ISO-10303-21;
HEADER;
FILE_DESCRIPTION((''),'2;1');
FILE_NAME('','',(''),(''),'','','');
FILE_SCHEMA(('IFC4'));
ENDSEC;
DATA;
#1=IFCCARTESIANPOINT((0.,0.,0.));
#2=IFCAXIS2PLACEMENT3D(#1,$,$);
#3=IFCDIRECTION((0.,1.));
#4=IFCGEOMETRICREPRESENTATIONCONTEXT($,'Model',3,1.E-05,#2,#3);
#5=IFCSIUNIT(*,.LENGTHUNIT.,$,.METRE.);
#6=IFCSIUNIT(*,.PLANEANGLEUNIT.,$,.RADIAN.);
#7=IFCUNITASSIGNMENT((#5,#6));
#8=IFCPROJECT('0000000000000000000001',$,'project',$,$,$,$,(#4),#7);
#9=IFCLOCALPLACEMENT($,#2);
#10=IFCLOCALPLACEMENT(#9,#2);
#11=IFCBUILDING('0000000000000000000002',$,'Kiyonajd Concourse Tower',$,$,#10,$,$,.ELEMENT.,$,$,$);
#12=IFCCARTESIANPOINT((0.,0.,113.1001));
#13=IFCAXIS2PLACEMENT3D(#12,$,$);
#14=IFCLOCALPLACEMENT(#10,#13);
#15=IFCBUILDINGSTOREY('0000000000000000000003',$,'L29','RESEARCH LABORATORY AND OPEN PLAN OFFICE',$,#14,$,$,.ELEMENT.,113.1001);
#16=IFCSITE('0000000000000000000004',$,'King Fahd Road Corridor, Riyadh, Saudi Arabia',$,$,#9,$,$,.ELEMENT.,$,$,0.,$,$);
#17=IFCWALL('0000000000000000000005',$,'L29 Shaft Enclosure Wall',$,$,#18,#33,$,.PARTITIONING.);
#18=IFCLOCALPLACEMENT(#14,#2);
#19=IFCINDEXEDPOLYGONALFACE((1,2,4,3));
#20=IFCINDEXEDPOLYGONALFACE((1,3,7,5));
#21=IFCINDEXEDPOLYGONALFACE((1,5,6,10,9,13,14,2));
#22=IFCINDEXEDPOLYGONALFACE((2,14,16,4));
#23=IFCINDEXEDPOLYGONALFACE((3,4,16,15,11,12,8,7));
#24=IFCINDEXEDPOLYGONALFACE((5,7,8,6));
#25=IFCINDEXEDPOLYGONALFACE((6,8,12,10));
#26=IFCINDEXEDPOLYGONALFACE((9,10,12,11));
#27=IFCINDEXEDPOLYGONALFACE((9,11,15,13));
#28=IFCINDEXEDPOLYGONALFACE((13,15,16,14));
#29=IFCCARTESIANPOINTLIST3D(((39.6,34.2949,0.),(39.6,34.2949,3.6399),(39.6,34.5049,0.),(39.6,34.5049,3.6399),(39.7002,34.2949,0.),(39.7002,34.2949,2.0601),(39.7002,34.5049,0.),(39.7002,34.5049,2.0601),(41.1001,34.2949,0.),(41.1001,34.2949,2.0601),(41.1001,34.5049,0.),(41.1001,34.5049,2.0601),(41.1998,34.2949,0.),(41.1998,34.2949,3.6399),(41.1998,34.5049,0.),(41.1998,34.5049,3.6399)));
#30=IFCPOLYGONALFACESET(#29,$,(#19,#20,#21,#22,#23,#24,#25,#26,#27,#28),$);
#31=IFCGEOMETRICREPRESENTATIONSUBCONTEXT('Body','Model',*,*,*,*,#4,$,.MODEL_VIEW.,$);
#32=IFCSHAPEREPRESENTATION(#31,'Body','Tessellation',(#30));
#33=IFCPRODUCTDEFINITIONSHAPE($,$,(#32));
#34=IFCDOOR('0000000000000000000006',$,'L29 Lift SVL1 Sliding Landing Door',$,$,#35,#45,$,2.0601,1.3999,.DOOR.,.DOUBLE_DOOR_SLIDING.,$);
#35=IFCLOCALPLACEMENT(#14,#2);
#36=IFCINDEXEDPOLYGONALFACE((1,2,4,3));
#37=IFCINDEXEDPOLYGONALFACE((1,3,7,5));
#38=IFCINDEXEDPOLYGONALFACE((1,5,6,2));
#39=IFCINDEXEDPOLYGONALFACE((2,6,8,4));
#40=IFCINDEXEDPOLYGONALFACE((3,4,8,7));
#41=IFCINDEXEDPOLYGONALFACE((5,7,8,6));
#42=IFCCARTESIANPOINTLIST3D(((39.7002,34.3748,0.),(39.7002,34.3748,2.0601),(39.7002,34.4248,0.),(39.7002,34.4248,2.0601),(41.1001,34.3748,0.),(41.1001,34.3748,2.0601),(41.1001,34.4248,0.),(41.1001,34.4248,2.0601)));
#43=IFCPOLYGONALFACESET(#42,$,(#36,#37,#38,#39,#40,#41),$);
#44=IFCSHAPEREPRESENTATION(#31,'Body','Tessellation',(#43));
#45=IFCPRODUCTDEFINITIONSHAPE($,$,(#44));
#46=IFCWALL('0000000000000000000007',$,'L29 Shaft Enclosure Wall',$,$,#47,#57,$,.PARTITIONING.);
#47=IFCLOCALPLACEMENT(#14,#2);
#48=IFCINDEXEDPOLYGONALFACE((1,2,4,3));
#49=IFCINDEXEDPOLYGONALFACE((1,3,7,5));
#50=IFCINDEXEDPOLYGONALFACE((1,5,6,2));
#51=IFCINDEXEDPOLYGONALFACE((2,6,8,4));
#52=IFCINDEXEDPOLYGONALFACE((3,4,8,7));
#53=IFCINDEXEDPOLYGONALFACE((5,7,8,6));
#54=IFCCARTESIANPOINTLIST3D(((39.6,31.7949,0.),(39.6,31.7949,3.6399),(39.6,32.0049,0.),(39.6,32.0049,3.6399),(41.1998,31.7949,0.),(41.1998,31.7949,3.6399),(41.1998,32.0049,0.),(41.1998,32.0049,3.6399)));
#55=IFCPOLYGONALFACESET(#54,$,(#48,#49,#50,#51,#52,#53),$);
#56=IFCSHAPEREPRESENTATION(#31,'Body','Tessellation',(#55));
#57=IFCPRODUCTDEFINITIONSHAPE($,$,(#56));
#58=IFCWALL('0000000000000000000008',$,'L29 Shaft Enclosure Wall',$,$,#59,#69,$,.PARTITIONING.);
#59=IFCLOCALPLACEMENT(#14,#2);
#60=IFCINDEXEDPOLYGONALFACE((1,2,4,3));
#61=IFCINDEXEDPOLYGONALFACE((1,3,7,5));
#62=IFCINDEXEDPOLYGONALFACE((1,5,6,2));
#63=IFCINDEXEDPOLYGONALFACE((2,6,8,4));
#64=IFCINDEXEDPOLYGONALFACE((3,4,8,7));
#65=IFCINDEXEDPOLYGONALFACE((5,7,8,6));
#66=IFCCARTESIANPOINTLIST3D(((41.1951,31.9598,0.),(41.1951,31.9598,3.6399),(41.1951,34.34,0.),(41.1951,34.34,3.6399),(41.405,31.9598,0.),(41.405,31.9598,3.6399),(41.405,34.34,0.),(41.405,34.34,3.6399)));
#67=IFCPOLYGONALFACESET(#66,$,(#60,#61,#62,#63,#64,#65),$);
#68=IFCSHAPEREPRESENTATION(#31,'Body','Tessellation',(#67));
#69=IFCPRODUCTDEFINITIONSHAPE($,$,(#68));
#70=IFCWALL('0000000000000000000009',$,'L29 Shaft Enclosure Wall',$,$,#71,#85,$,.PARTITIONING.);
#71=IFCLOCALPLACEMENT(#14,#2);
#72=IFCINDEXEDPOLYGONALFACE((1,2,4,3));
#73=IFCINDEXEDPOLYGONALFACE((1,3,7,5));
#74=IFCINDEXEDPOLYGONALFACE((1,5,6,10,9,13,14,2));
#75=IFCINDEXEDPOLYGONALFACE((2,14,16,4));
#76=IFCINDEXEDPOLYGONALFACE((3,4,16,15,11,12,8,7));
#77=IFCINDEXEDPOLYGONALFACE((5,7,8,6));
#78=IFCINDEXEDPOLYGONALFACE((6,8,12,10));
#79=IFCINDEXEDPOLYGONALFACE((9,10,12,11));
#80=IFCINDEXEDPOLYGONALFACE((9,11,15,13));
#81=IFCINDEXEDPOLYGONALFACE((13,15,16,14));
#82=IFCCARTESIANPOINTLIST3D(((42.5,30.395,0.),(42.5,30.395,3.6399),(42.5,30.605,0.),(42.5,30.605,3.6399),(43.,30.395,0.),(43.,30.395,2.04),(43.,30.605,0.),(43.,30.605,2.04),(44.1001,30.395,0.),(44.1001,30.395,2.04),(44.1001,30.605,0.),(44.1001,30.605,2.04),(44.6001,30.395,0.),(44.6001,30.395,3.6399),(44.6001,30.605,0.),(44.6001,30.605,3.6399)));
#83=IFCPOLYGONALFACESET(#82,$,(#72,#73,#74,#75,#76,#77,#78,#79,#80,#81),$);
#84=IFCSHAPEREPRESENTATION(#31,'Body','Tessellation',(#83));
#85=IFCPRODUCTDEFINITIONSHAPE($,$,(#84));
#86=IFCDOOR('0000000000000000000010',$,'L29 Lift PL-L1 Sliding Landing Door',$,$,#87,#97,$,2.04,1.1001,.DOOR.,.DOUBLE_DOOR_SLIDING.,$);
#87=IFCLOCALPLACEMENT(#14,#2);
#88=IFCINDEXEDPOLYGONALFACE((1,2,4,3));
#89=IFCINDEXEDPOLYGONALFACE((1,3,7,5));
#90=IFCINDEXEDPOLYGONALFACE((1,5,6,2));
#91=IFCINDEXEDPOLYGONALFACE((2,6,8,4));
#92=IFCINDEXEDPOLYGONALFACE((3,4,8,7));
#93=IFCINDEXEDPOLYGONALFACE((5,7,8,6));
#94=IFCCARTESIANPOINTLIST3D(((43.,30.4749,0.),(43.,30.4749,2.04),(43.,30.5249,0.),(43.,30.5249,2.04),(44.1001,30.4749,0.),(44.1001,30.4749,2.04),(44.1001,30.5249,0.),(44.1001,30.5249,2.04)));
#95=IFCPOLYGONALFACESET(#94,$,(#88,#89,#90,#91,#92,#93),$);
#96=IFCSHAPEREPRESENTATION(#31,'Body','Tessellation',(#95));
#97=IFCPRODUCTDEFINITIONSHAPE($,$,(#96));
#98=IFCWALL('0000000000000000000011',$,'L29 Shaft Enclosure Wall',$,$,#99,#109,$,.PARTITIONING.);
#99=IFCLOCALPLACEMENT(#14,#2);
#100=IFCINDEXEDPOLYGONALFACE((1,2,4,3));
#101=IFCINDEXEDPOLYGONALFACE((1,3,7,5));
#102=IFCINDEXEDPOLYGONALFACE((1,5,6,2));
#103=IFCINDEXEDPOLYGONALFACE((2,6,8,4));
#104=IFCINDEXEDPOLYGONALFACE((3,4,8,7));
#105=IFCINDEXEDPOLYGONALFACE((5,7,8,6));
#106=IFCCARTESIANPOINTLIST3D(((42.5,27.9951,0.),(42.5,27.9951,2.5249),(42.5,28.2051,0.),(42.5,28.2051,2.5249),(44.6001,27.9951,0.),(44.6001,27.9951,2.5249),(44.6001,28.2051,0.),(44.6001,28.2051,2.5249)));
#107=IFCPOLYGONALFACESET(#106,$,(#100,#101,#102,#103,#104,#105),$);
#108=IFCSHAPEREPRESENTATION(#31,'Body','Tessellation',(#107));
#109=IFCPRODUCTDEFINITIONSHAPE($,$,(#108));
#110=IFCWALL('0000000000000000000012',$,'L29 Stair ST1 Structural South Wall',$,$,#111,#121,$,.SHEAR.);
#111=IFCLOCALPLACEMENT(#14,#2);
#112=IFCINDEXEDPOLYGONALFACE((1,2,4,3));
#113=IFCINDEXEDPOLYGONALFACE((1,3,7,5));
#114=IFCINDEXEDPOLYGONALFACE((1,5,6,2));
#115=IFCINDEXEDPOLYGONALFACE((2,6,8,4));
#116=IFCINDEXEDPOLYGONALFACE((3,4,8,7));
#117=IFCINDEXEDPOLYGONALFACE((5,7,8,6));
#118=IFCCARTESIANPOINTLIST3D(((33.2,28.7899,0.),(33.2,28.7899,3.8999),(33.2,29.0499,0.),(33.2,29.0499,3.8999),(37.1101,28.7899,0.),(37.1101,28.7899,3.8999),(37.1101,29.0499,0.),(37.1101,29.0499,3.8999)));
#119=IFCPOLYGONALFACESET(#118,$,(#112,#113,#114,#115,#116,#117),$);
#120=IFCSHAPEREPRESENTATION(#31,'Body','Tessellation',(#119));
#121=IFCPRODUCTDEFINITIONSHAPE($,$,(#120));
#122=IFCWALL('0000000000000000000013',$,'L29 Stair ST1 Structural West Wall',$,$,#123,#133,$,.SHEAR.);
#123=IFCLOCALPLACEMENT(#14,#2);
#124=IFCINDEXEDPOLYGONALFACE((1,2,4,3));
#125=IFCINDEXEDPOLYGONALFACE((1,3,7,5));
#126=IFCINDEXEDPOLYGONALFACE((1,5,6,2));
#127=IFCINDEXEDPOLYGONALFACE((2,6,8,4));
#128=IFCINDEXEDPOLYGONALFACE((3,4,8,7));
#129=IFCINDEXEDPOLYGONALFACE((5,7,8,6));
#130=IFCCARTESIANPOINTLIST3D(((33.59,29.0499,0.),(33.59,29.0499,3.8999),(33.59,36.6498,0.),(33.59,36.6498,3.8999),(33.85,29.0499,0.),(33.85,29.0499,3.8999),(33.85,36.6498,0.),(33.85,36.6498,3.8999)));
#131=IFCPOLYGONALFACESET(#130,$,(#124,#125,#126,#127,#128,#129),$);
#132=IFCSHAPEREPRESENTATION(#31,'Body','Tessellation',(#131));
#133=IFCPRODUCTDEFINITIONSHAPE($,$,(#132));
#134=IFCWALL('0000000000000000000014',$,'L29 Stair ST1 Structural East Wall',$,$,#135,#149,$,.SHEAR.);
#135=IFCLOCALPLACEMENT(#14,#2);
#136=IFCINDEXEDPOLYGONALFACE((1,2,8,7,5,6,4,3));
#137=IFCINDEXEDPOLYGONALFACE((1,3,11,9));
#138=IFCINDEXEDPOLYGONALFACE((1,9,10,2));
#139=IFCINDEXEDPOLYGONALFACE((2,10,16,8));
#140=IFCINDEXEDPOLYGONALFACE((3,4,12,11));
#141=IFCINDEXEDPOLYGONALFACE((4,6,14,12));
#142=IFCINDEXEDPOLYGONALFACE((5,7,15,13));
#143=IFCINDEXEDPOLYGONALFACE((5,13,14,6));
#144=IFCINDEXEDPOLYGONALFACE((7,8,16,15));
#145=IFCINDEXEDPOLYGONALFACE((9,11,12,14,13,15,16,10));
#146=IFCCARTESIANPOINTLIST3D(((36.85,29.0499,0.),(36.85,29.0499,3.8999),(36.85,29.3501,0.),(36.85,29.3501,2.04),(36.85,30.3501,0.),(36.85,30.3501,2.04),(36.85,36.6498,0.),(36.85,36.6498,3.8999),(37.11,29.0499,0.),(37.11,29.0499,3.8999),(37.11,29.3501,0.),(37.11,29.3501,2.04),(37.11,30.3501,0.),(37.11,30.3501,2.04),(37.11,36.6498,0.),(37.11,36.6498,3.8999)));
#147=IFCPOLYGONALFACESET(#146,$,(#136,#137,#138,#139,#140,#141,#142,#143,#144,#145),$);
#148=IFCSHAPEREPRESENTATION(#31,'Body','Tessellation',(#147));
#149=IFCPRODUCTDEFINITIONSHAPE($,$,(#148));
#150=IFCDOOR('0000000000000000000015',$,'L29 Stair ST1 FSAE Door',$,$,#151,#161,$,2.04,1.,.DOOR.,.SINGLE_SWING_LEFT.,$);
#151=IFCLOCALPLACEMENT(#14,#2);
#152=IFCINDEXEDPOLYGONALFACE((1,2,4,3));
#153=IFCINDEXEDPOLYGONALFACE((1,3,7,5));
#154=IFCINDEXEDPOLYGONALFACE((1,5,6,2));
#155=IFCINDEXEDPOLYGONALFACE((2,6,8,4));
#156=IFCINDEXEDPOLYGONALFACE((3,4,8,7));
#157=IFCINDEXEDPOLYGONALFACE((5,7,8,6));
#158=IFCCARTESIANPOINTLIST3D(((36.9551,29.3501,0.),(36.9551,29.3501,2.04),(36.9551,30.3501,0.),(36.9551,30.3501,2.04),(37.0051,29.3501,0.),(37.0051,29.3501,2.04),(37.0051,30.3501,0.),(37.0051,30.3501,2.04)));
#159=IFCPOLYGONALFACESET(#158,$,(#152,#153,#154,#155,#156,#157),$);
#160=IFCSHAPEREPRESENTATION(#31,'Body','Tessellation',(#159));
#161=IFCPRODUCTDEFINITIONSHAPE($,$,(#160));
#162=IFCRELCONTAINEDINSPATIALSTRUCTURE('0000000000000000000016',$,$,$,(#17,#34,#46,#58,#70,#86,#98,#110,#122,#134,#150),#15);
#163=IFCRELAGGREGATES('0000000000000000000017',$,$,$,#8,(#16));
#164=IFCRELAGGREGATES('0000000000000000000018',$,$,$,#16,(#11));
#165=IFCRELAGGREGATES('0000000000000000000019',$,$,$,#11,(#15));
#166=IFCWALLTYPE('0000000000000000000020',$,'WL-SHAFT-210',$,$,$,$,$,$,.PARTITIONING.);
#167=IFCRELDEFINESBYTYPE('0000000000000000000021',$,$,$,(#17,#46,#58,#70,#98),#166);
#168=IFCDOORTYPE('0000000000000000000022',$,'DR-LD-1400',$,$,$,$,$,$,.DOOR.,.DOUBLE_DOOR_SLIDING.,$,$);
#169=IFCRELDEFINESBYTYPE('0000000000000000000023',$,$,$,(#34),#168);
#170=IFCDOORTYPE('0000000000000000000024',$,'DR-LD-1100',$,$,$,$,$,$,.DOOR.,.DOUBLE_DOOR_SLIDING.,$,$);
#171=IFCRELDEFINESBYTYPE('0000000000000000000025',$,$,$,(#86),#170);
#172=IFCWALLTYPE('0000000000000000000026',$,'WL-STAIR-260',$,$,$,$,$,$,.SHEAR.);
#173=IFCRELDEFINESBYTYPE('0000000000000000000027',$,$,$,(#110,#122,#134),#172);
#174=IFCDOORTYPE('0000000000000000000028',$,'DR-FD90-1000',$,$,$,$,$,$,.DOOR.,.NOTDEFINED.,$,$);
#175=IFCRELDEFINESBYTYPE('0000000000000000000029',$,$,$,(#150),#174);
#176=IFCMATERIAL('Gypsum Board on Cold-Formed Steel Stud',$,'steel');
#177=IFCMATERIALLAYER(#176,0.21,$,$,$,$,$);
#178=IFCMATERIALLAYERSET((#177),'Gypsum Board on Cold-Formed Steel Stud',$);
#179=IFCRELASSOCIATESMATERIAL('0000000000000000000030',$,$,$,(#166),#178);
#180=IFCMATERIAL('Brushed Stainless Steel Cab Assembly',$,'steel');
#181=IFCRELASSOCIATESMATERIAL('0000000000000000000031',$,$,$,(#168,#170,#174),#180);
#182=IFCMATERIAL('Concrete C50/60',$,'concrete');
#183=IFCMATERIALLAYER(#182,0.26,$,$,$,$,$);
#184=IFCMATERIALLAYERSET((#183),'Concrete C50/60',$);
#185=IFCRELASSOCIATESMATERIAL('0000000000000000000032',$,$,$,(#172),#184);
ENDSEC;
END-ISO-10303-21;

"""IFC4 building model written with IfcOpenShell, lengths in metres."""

from ifc_helpers import new_model, si_unit, direction, frame, frame_2d, origin, place, context, subcontext, project, spatial, rectangle, extrude, material, layer, layer_set, type_object, element, fill, save


model = new_model("IFC4")

# Units and contexts
model_context = context("Model", 3, precision=1e-05, world=origin(), true_north=direction((0.0, 1.0)))
body_context = subcontext(model_context, "Body", "Model", "MODEL_VIEW")
ifc_project = project(units=[si_unit("LENGTHUNIT", "METRE"), si_unit("PLANEANGLEUNIT", "RADIAN")], contexts=[model_context])

# Site, building, storey
site_placement = place(None, origin())
site = spatial("IfcSite", under=ifc_project, at=site_placement, Name="King Fahd Road Corridor, Riyadh, Saudi Arabia", CompositionType="ELEMENT", RefElevation=0.0)
building_placement = place(site_placement, origin())
building = spatial("IfcBuilding", under=site, at=building_placement, Name="Kiyonajd Concourse Tower", CompositionType="ELEMENT")
storey_placement = place(building_placement, frame((0.0, 0.0, 113.1001)))
storey = spatial("IfcBuildingStorey", under=building, at=storey_placement, Name="L29", Description="RESEARCH LABORATORY AND OPEN PLAN OFFICE", CompositionType="ELEMENT", Elevation=113.1001)

# Shared definitions
ifc_material_1 = material(Name="Concrete C50/60", Category="concrete")

# Shared definitions
ifc_material_2 = material(Name="Brushed Stainless Steel Cab Assembly", Category="steel")
ifc_material_3 = material(Name="Gypsum Board on Cold-Formed Steel Stud", Category="steel")
ifc_layer_1 = layer(ifc_material_3, 0.21)
ifc_layer_set_1 = layer_set([ifc_layer_1], Name="Gypsum Board on Cold-Formed Steel Stud")
wall_type_1 = type_object("IfcWallType", Name="WL-SHAFT-210", PredefinedType="PARTITIONING", material=ifc_layer_set_1)

# Wall, opening, door
wall_1_placement = place(storey_placement, frame((39.6001, 34.3999, 0.0), z_axis=(0.0, 0.0, 1.0), x_axis=(1.0, 0.0, 0.0)))
wall_1 = element("IfcWall", 1, at=wall_1_placement, inside=storey, type_object=wall_type_1, Name="L29 Shaft Enclosure Wall", PredefinedType="PARTITIONING", context=body_context, shape_type="SweptSolid", body=[
    extrude(rectangle(XDim=1.5999, YDim=0.21, at=frame_2d((0.7998, 0.0))), origin(), (0.0, 0.0, 1.0), 3.6399),
])
opening_1_placement = place(wall_1_placement, frame((0.1001, 0.0, 0.0)))
opening_1 = element("IfcOpeningElement", 2, at=opening_1_placement, cuts=wall_1, PredefinedType="OPENING", context=body_context, shape_type="SweptSolid", body=[
    extrude(rectangle(XDim=1.3999, YDim=2.0601, at=frame_2d((0.7, 1.03))), frame((0.0, 0.115, 0.0), z_axis=(0.0, -1.0, 0.0), x_axis=(1.0, 0.0, 0.0)), (0.0, 0.0, 1.0), 0.23),
])
door_type_1 = type_object("IfcDoorType", Name="DR-LD-1400", OperationType="DOUBLE_DOOR_SLIDING", PredefinedType="DOOR", material=ifc_material_2)
door_1_placement = place(opening_1_placement, origin())
door_1 = element("IfcDoor", 3, at=door_1_placement, inside=storey, type_object=door_type_1, Name="L29 Lift SVL1 Sliding Landing Door", OperationType="DOUBLE_DOOR_SLIDING", OverallHeight=2.0601, OverallWidth=1.3999, PredefinedType="DOOR", context=body_context, shape_type="SweptSolid", body=[
    extrude(rectangle(XDim=1.3999, YDim=2.0601, at=frame_2d((0.7, 1.03))), frame((0.0, 0.0249, 0.0), z_axis=(0.0, -1.0, 0.0), x_axis=(1.0, 0.0, 0.0)), (0.0, 0.0, 1.0), 0.05),
])
fill(opening_1, door_1)

# Walls
wall_2_placement = place(storey_placement, frame((39.6001, 31.8999, 0.0), z_axis=(0.0, 0.0, 1.0), x_axis=(1.0, 0.0, 0.0)))
element("IfcWall", 4, at=wall_2_placement, inside=storey, type_object=wall_type_1, Name="L29 Shaft Enclosure Wall", PredefinedType="PARTITIONING", context=body_context, shape_type="SweptSolid", body=[
    extrude(rectangle(XDim=1.5999, YDim=0.21, at=frame_2d((0.7998, 0.0))), origin(), (0.0, 0.0, 1.0), 3.6399),
])
wall_3_placement = place(storey_placement, frame((41.3, 31.96, 0.0), z_axis=(0.0, 0.0, 1.0), x_axis=(0.0, 1.0, 0.0)))
element("IfcWall", 5, at=wall_3_placement, inside=storey, type_object=wall_type_1, Name="L29 Shaft Enclosure Wall", PredefinedType="PARTITIONING", context=body_context, shape_type="SweptSolid", body=[
    extrude(rectangle(XDim=2.3801, YDim=0.21, at=frame_2d((1.1899, 0.0))), origin(), (0.0, 0.0, 1.0), 3.6399),
])

# Wall, opening, door
wall_4_placement = place(storey_placement, frame((42.5, 30.5, 0.0), z_axis=(0.0, 0.0, 1.0), x_axis=(1.0, 0.0, 0.0)))
wall_4 = element("IfcWall", 6, at=wall_4_placement, inside=storey, type_object=wall_type_1, Name="L29 Shaft Enclosure Wall", PredefinedType="PARTITIONING", context=body_context, shape_type="SweptSolid", body=[
    extrude(rectangle(XDim=2.1001, YDim=0.21, at=frame_2d((1.05, 0.0))), origin(), (0.0, 0.0, 1.0), 3.6399),
])
opening_2_placement = place(wall_4_placement, frame((0.5, 0.0, 0.0)))
opening_2 = element("IfcOpeningElement", 7, at=opening_2_placement, cuts=wall_4, PredefinedType="OPENING", context=body_context, shape_type="SweptSolid", body=[
    extrude(rectangle(XDim=1.1001, YDim=2.04, at=frame_2d((0.55, 1.02))), frame((0.0, 0.115, 0.0), z_axis=(0.0, -1.0, 0.0), x_axis=(1.0, 0.0, 0.0)), (0.0, 0.0, 1.0), 0.23),
])
door_type_2 = type_object("IfcDoorType", Name="DR-LD-1100", OperationType="DOUBLE_DOOR_SLIDING", PredefinedType="DOOR", material=ifc_material_2)
door_2_placement = place(opening_2_placement, origin())
door_2 = element("IfcDoor", 8, at=door_2_placement, inside=storey, type_object=door_type_2, Name="L29 Lift PL-L1 Sliding Landing Door", OperationType="DOUBLE_DOOR_SLIDING", OverallHeight=2.04, OverallWidth=1.1001, PredefinedType="DOOR", context=body_context, shape_type="SweptSolid", body=[
    extrude(rectangle(XDim=1.1001, YDim=2.04, at=frame_2d((0.55, 1.02))), frame((0.0, 0.0249, 0.0), z_axis=(0.0, -1.0, 0.0), x_axis=(1.0, 0.0, 0.0)), (0.0, 0.0, 1.0), 0.05),
])
fill(opening_2, door_2)

# Walls
wall_5_placement = place(storey_placement, frame((42.5, 28.1001, 0.0), z_axis=(0.0, 0.0, 1.0), x_axis=(1.0, 0.0, 0.0)))
element("IfcWall", 9, at=wall_5_placement, inside=storey, type_object=wall_type_1, Name="L29 Shaft Enclosure Wall", PredefinedType="PARTITIONING", context=body_context, shape_type="SweptSolid", body=[
    extrude(rectangle(XDim=2.1001, YDim=0.21, at=frame_2d((1.05, 0.0))), origin(), (0.0, 0.0, 1.0), 2.5249),
])
ifc_layer_2 = layer(ifc_material_1, 0.26)
ifc_layer_set_2 = layer_set([ifc_layer_2], Name="Concrete C50/60")
wall_type_2 = type_object("IfcWallType", Name="WL-STAIR-260", PredefinedType="SHEAR", material=ifc_layer_set_2)
wall_6_placement = place(storey_placement, frame((33.2, 28.9199, 0.0), z_axis=(0.0, 0.0, 1.0), x_axis=(1.0, 0.0, 0.0)))
element("IfcWall", 10, at=wall_6_placement, inside=storey, type_object=wall_type_2, Name="L29 Stair ST1 Structural South Wall", PredefinedType="SHEAR", context=body_context, shape_type="SweptSolid", body=[
    extrude(rectangle(XDim=3.9102, YDim=0.26, at=frame_2d((1.9551, 0.0))), origin(), (0.0, 0.0, 1.0), 3.8999),
])
wall_7_placement = place(storey_placement, frame((33.72, 29.05, 0.0), z_axis=(0.0, 0.0, 1.0), x_axis=(0.0, 1.0, 0.0)))
element("IfcWall", 11, at=wall_7_placement, inside=storey, type_object=wall_type_2, Name="L29 Stair ST1 Structural West Wall", PredefinedType="SHEAR", context=body_context, shape_type="SweptSolid", body=[
    extrude(rectangle(XDim=7.5999, YDim=0.26, at=frame_2d((3.7998, 0.0))), origin(), (0.0, 0.0, 1.0), 3.8999),
])

# Wall, opening, door
wall_8_placement = place(storey_placement, frame((36.98, 29.05, 0.0), z_axis=(0.0, 0.0, 1.0), x_axis=(0.0, 1.0, 0.0)))
wall_8 = element("IfcWall", 12, at=wall_8_placement, inside=storey, type_object=wall_type_2, Name="L29 Stair ST1 Structural East Wall", PredefinedType="SHEAR", context=body_context, shape_type="SweptSolid", body=[
    extrude(rectangle(XDim=7.5999, YDim=0.26, at=frame_2d((3.7998, 0.0))), origin(), (0.0, 0.0, 1.0), 3.8999),
])
opening_3_placement = place(wall_8_placement, frame((0.3, 0.0, 0.0)))
opening_3 = element("IfcOpeningElement", 13, at=opening_3_placement, cuts=wall_8, PredefinedType="OPENING", context=body_context, shape_type="SweptSolid", body=[
    extrude(rectangle(XDim=1.0, YDim=2.04, at=frame_2d((0.5, 1.02))), frame((0.0, 0.1399, 0.0), z_axis=(0.0, -1.0, 0.0), x_axis=(1.0, 0.0, 0.0)), (0.0, 0.0, 1.0), 0.28),
])
door_type_3 = type_object("IfcDoorType", Name="DR-FD90-1000", OperationType="NOTDEFINED", PredefinedType="DOOR", material=ifc_material_2)
door_3_placement = place(opening_3_placement, origin())
door_3 = element("IfcDoor", 14, at=door_3_placement, inside=storey, type_object=door_type_3, Name="L29 Stair ST1 FSAE Door", OperationType="SINGLE_SWING_LEFT", OverallHeight=2.04, OverallWidth=1.0, PredefinedType="DOOR", context=body_context, shape_type="SweptSolid", body=[
    extrude(rectangle(XDim=1.0, YDim=2.04, at=frame_2d((0.5, 1.02))), frame((0.0, 0.0249, 0.0), z_axis=(0.0, -1.0, 0.0), x_axis=(1.0, 0.0, 0.0)), (0.0, 0.0, 1.0), 0.05),
])
fill(opening_3, door_3)

save(model, "model.ifc")
